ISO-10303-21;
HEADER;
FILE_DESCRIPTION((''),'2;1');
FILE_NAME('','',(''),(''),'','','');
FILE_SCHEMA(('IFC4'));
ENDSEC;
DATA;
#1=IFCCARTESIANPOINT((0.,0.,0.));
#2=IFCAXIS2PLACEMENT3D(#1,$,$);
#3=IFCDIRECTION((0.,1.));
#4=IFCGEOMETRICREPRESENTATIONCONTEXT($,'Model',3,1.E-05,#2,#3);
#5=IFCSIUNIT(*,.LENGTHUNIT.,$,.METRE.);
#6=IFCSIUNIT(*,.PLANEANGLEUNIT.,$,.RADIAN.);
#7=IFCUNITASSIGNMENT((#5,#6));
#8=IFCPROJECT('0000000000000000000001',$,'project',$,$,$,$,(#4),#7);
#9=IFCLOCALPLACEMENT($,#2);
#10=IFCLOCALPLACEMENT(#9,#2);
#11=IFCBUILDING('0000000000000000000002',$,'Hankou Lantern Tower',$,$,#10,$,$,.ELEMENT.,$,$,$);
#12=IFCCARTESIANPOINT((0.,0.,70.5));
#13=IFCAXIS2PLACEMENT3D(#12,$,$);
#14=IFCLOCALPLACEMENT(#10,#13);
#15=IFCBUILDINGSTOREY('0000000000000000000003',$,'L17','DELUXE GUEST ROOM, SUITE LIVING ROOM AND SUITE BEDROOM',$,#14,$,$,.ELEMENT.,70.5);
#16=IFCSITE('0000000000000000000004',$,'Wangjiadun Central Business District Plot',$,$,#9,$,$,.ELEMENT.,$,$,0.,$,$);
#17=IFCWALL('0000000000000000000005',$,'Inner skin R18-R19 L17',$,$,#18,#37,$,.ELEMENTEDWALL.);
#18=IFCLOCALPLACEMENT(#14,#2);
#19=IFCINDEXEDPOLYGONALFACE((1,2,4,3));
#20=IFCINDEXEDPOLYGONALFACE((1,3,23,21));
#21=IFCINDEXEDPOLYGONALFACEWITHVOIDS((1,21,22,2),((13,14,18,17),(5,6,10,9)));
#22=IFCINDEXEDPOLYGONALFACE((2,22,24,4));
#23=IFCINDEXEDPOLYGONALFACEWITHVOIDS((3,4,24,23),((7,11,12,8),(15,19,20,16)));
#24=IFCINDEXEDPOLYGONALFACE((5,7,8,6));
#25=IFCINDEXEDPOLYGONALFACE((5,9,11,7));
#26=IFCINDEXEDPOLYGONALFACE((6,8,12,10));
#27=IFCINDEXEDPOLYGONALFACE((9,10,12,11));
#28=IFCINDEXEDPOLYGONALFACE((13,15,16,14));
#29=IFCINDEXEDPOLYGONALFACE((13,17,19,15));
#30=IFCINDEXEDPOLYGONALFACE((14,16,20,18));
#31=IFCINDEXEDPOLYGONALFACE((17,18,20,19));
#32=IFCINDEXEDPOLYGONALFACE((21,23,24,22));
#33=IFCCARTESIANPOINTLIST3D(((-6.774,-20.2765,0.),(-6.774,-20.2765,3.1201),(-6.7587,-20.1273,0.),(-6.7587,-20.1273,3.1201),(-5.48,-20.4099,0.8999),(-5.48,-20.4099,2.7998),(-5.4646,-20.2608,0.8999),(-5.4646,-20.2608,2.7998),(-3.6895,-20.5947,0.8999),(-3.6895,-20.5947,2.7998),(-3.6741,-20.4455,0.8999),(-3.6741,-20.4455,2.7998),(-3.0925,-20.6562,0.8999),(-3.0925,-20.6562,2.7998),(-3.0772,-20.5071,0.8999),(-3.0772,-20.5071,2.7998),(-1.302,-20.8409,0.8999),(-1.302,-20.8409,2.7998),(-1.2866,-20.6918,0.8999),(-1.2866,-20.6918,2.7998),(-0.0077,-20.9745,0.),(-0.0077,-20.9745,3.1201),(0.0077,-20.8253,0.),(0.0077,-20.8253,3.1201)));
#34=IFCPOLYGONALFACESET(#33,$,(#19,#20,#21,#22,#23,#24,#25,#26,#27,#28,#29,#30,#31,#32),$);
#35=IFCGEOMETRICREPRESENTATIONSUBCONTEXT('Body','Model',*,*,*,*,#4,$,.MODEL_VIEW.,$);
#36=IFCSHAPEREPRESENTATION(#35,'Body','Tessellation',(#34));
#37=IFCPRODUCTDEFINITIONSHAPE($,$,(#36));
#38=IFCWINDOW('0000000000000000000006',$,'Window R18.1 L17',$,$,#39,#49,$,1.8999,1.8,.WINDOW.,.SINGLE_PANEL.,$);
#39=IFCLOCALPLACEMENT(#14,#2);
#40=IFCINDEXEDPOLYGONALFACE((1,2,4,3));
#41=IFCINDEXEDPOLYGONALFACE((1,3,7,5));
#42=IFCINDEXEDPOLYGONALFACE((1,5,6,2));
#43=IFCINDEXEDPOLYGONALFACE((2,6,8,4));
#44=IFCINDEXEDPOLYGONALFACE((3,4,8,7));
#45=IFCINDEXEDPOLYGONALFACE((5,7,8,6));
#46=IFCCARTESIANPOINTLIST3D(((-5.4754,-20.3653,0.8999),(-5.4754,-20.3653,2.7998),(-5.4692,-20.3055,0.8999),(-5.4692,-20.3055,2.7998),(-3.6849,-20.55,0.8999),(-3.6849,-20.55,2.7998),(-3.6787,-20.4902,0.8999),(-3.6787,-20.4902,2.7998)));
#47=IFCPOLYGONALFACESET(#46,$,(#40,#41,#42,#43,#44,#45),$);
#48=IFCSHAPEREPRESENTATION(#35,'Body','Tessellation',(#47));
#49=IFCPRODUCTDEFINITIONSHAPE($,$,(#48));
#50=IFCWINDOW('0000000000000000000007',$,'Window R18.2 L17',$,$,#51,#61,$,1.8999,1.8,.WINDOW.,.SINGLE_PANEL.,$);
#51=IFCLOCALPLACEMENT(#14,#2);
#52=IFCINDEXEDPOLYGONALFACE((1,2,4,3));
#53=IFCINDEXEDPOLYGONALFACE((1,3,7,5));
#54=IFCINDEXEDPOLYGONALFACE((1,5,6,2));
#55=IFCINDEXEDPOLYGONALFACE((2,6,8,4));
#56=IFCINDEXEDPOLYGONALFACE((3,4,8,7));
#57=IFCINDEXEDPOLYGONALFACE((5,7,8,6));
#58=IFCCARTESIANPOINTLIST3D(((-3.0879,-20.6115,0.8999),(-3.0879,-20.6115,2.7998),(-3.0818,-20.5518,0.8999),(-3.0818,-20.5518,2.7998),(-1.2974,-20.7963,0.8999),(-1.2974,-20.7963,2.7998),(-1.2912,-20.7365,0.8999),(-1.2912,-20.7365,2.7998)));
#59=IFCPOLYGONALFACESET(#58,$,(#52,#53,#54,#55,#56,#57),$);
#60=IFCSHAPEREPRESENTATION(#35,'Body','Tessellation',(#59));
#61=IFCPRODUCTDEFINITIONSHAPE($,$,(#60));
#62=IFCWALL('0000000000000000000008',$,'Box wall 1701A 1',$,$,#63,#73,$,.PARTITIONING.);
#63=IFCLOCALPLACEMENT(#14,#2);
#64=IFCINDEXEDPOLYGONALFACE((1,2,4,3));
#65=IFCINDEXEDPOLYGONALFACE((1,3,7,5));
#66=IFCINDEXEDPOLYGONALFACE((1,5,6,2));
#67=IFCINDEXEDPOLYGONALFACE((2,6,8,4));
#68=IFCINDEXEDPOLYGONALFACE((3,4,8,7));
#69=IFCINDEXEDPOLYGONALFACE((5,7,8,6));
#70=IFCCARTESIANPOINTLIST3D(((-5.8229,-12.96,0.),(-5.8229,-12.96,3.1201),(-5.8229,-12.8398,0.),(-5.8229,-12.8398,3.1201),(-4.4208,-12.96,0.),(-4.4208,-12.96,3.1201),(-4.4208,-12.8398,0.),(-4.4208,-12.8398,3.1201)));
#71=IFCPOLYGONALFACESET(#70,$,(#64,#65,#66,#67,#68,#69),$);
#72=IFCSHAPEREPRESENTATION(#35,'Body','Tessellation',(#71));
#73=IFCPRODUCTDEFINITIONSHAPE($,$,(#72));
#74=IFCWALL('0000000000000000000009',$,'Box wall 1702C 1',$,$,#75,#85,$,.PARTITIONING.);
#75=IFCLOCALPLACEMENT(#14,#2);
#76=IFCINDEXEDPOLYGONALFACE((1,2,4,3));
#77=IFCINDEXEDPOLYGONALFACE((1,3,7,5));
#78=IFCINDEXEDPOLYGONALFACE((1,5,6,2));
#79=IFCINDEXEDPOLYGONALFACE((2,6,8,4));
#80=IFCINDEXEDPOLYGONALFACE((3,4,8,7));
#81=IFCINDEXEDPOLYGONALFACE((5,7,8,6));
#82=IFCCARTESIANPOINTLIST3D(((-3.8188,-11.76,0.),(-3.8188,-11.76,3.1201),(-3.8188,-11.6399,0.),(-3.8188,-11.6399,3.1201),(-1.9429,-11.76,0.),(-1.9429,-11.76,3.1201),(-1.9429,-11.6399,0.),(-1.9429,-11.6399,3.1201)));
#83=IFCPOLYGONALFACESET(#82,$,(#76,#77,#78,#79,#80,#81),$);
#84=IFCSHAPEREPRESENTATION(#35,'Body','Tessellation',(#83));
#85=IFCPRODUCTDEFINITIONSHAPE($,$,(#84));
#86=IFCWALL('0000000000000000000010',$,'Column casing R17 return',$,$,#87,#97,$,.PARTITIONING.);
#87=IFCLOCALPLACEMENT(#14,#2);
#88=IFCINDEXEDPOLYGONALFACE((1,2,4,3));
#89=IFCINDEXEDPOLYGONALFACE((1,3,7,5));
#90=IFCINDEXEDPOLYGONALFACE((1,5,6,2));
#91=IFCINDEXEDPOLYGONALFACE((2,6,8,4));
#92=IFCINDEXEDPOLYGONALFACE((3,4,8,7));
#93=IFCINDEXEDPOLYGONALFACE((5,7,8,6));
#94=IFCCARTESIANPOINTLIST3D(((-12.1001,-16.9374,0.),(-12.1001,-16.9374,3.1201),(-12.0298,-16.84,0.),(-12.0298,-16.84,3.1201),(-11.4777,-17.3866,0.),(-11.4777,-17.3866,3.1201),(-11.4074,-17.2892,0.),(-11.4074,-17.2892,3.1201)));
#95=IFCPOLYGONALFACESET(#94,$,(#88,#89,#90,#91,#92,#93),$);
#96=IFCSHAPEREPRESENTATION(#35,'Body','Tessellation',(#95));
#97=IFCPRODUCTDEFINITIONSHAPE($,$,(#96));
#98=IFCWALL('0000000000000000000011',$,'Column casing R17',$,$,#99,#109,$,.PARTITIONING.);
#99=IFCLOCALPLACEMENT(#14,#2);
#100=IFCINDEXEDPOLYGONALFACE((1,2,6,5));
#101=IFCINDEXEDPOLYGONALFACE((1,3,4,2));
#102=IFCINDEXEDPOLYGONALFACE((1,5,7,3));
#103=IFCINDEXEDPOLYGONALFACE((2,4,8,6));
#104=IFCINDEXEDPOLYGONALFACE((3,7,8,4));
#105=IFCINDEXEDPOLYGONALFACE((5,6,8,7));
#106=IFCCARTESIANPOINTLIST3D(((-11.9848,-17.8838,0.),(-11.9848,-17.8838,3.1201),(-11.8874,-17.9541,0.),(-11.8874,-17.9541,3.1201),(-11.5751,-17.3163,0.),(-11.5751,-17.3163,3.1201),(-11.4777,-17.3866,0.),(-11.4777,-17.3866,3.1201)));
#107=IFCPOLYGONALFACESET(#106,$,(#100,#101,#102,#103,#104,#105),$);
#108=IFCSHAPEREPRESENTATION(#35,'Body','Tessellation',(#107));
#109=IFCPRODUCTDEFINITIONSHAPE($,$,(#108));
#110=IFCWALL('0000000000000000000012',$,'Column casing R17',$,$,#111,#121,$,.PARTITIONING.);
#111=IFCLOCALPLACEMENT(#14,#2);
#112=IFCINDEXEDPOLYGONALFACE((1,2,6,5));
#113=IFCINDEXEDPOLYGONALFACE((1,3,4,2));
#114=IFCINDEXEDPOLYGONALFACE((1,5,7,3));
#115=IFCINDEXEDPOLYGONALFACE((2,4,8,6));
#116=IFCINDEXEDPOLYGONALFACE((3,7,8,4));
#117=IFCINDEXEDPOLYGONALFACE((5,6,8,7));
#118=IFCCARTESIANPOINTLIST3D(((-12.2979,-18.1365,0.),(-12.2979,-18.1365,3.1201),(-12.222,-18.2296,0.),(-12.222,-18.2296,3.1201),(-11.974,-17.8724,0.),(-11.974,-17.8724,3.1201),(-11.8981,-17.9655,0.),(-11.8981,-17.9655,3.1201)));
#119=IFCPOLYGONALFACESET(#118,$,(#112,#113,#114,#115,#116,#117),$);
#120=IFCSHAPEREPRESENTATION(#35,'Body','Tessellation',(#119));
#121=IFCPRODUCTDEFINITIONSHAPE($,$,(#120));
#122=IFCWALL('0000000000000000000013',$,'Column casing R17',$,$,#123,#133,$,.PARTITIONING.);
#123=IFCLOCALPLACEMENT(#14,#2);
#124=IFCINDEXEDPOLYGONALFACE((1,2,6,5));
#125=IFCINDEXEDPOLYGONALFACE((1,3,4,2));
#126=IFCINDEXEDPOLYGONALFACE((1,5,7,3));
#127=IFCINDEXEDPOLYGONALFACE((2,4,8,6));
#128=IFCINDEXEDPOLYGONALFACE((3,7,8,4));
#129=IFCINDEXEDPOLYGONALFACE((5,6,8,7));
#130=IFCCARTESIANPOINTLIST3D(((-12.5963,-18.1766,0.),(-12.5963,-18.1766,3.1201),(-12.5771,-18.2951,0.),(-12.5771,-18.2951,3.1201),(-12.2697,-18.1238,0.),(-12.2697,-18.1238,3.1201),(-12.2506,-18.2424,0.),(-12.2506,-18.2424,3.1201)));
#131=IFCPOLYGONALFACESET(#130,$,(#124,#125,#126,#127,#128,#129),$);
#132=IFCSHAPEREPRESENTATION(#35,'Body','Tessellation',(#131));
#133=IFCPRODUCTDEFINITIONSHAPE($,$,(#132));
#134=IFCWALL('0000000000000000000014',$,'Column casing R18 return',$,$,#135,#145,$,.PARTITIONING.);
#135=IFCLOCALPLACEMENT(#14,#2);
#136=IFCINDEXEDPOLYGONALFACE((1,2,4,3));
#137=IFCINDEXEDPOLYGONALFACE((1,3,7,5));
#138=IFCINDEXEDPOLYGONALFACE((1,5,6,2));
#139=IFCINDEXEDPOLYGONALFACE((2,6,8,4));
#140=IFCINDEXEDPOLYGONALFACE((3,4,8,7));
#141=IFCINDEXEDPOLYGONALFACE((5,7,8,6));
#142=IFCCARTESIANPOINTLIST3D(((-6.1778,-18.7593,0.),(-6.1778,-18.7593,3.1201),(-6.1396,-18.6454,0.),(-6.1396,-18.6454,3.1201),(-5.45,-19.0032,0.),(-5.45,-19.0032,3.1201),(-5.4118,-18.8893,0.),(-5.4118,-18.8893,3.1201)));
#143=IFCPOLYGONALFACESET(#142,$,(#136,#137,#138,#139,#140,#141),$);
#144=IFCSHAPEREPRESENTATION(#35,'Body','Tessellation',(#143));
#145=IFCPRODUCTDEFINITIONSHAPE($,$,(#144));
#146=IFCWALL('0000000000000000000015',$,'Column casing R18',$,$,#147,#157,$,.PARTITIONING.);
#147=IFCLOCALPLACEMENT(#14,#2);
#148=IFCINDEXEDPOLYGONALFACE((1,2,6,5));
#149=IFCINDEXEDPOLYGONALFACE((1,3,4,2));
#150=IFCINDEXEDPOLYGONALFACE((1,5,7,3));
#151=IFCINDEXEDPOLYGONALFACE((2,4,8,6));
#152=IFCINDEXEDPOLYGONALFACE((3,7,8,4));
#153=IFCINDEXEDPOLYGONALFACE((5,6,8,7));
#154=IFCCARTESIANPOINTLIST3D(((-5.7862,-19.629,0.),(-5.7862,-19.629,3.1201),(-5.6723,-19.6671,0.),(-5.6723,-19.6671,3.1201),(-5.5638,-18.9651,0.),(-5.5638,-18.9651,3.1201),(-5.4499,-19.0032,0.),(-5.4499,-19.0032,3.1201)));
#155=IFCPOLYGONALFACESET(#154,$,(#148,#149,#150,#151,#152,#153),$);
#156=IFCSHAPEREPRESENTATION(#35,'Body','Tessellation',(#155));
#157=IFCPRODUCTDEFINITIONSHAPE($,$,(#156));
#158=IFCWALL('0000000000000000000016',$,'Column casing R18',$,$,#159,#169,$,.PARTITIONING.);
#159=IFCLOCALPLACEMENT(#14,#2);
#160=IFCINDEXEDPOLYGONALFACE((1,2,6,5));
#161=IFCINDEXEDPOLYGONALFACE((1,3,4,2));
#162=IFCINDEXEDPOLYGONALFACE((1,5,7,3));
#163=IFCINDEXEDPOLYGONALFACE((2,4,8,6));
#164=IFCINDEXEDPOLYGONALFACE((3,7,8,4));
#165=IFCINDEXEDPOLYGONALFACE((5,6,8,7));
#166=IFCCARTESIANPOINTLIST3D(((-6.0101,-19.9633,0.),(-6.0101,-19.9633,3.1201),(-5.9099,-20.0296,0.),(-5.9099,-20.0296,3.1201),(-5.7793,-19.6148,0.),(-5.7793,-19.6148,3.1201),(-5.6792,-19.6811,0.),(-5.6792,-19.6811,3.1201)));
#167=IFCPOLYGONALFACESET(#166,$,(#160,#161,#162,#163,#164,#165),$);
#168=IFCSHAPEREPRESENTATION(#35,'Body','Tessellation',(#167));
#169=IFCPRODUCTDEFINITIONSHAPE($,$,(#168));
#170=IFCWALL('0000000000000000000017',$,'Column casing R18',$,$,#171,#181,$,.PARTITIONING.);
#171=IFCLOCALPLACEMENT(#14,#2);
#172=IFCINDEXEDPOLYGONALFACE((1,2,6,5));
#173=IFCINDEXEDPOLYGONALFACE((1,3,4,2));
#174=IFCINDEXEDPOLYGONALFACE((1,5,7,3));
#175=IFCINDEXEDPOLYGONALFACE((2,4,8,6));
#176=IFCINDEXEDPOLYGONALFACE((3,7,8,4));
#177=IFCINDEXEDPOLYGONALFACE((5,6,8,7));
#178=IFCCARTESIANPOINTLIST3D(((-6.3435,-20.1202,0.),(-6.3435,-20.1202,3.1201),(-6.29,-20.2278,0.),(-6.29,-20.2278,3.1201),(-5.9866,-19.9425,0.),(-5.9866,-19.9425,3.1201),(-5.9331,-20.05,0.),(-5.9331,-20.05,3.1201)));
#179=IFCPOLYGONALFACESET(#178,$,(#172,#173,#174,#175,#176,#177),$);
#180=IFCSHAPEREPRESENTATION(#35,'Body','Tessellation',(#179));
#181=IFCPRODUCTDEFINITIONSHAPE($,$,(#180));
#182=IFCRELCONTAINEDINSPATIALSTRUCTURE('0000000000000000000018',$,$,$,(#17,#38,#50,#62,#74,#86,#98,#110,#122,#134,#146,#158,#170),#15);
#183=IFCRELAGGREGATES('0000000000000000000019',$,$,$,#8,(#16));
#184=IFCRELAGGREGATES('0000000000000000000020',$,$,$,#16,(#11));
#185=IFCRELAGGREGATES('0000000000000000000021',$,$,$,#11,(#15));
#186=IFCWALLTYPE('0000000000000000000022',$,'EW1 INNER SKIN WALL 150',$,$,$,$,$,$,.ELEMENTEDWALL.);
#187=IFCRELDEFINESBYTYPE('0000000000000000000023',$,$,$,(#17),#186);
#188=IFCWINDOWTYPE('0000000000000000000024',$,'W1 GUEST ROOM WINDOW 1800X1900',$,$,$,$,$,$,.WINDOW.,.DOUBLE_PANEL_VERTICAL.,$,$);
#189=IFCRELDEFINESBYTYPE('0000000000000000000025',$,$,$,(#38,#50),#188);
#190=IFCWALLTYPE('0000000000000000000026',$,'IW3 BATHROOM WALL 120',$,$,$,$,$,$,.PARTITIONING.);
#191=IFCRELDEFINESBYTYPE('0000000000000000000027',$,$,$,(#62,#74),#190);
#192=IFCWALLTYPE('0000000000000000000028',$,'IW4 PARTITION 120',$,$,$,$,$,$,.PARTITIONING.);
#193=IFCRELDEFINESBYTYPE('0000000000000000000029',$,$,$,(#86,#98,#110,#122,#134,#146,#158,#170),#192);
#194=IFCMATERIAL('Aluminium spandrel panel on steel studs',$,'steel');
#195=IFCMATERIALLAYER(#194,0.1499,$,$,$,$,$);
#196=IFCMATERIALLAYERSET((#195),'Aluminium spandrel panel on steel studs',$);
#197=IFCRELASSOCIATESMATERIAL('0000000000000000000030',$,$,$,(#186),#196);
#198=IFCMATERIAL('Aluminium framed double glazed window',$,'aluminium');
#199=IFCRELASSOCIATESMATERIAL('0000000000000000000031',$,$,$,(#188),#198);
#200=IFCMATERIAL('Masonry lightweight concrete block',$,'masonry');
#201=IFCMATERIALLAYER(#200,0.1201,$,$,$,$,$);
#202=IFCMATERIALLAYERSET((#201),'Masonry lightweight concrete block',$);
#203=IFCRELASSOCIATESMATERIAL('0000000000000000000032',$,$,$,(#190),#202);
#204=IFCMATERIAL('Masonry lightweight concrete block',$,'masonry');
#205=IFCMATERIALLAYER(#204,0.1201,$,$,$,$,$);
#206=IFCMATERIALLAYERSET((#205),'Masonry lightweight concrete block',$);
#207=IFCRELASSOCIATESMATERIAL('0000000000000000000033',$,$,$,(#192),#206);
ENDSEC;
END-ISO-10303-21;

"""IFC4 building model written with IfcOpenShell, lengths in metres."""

from ifc_helpers import new_model, si_unit, direction, frame, frame_2d, origin, place, context, subcontext, project, spatial, rectangle, extrude, material, layer, layer_set, type_object, element, fill, save


model = new_model("IFC4")

# Units and contexts
model_context = context("Model", 3, precision=1e-05, world=origin(), true_north=direction((0.0, 1.0)))
body_context = subcontext(model_context, "Body", "Model", "MODEL_VIEW")
ifc_project = project(units=[si_unit("LENGTHUNIT", "METRE"), si_unit("PLANEANGLEUNIT", "RADIAN")], contexts=[model_context])

# Site, building, storey
site_placement = place(None, origin())
site = spatial("IfcSite", under=ifc_project, at=site_placement, Name="Wangjiadun Central Business District Plot", CompositionType="ELEMENT", RefElevation=0.0)
building_placement = place(site_placement, origin())
building = spatial("IfcBuilding", under=site, at=building_placement, Name="Hankou Lantern Tower", CompositionType="ELEMENT")
storey_placement = place(building_placement, frame((0.0, 0.0, 70.5)))
storey = spatial("IfcBuildingStorey", under=building, at=storey_placement, Name="L17", Description="DELUXE GUEST ROOM, SUITE LIVING ROOM AND SUITE BEDROOM", CompositionType="ELEMENT", Elevation=70.5)

# Wall, openings, windows
ifc_material_1 = material(Name="Aluminium spandrel panel on steel studs", Category="steel")
ifc_layer_1 = layer(ifc_material_1, 0.1499)
ifc_layer_set_1 = layer_set([ifc_layer_1], Name="Aluminium spandrel panel on steel studs")
wall_type_1 = type_object("IfcWallType", Name="EW1 INNER SKIN WALL 150", PredefinedType="ELEMENTEDWALL", material=ifc_layer_set_1)
ifc_material_2 = material(Name="Aluminium framed double glazed window", Category="aluminium")
window_type = type_object("IfcWindowType", Name="W1 GUEST ROOM WINDOW 1800X1900", PartitioningType="DOUBLE_PANEL_VERTICAL", PredefinedType="WINDOW", material=ifc_material_2)
wall_1_placement = place(storey_placement, frame((-6.7664, -20.2019, 0.0), z_axis=(0.0, 0.0, 1.0), x_axis=(0.994721, -0.102613, 0.0)))
wall_1 = element("IfcWall", 1, at=wall_1_placement, inside=storey, type_object=wall_type_1, Name="Inner skin R18-R19 L17", PredefinedType="ELEMENTEDWALL", context=body_context, shape_type="SweptSolid", body=[
    extrude(rectangle(XDim=6.8022, YDim=0.1499, at=frame_2d((3.4011, 0.0))), origin(), (0.0, 0.0, 1.0), 3.1201),
])
opening_1_placement = place(wall_1_placement, frame((1.301, 0.0, 0.8999)))
opening_1 = element("IfcOpeningElement", 2, at=opening_1_placement, cuts=wall_1, PredefinedType="OPENING", context=body_context, shape_type="SweptSolid", body=[
    extrude(rectangle(XDim=1.8, YDim=1.8999, at=frame_2d((0.8999, 0.95))), frame((0.0, 0.085, 0.0), z_axis=(0.0, -1.0, 0.0), x_axis=(1.0, 0.0, 0.0)), (0.0, 0.0, 1.0), 0.1699),
])
opening_2_placement = place(wall_1_placement, frame((3.7012, 0.0, 0.8999)))
opening_2 = element("IfcOpeningElement", 3, at=opening_2_placement, cuts=wall_1, PredefinedType="OPENING", context=body_context, shape_type="SweptSolid", body=[
    extrude(rectangle(XDim=1.8, YDim=1.8999, at=frame_2d((0.8999, 0.95))), frame((0.0, 0.085, 0.0), z_axis=(0.0, -1.0, 0.0), x_axis=(1.0, 0.0, 0.0)), (0.0, 0.0, 1.0), 0.1699),
])
window_1_placement = place(opening_1_placement, origin())
window_1 = element("IfcWindow", 4, at=window_1_placement, inside=storey, type_object=window_type, Name="Window R18.1 L17", OverallHeight=1.8999, OverallWidth=1.8, PartitioningType="SINGLE_PANEL", PredefinedType="WINDOW", context=body_context, shape_type="SweptSolid", body=[
    extrude(rectangle(XDim=1.8, YDim=1.8999, at=frame_2d((0.8999, 0.95))), frame((0.0, 0.03, 0.0), z_axis=(0.0, -1.0, 0.0), x_axis=(1.0, 0.0, 0.0)), (0.0, 0.0, 1.0), 0.0601),
])
fill(opening_1, window_1)
window_2_placement = place(opening_2_placement, origin())
window_2 = element("IfcWindow", 5, at=window_2_placement, inside=storey, type_object=window_type, Name="Window R18.2 L17", OverallHeight=1.8999, OverallWidth=1.8, PartitioningType="SINGLE_PANEL", PredefinedType="WINDOW", context=body_context, shape_type="SweptSolid", body=[
    extrude(rectangle(XDim=1.8, YDim=1.8999, at=frame_2d((0.8999, 0.95))), frame((0.0, 0.03, 0.0), z_axis=(0.0, -1.0, 0.0), x_axis=(1.0, 0.0, 0.0)), (0.0, 0.0, 1.0), 0.0601),
])
fill(opening_2, window_2)

# Walls
ifc_material_3 = material(Name="Masonry lightweight concrete block", Category="masonry")
ifc_layer_2 = layer(ifc_material_3, 0.1201)
ifc_layer_set_2 = layer_set([ifc_layer_2], Name="Masonry lightweight concrete block")
wall_type_2 = type_object("IfcWallType", Name="IW3 BATHROOM WALL 120", PredefinedType="PARTITIONING", material=ifc_layer_set_2)
wall_2_placement = place(storey_placement, frame((-4.4207, -12.8999, 0.0), z_axis=(0.0, 0.0, 1.0), x_axis=(-1.0, 0.0, 0.0)))
element("IfcWall", 6, at=wall_2_placement, inside=storey, type_object=wall_type_2, Name="Box wall 1701A 1", PredefinedType="PARTITIONING", context=body_context, shape_type="SweptSolid", body=[
    extrude(rectangle(XDim=1.4021, YDim=0.1201, at=frame_2d((0.7012, 0.0))), origin(), (0.0, 0.0, 1.0), 3.1201),
])
wall_3_placement = place(storey_placement, frame((-3.8188, -11.7, 0.0), z_axis=(0.0, 0.0, 1.0), x_axis=(1.0, 0.0, 0.0)))
element("IfcWall", 7, at=wall_3_placement, inside=storey, type_object=wall_type_2, Name="Box wall 1702C 1", PredefinedType="PARTITIONING", context=body_context, shape_type="SweptSolid", body=[
    extrude(rectangle(XDim=1.876, YDim=0.1201, at=frame_2d((0.938, 0.0))), origin(), (0.0, 0.0, 1.0), 3.1201),
])
ifc_material_4 = material(Name="Masonry lightweight concrete block", Category="masonry")
ifc_layer_3 = layer(ifc_material_4, 0.1201)
ifc_layer_set_3 = layer_set([ifc_layer_3], Name="Masonry lightweight concrete block")
wall_type_3 = type_object("IfcWallType", Name="IW4 PARTITION 120", PredefinedType="PARTITIONING", material=ifc_layer_set_3)
wall_4_placement = place(storey_placement, frame((-12.0649, -16.8887, 0.0), z_axis=(0.0, 0.0, 1.0), x_axis=(0.810822, -0.585293, 0.0)))
element("IfcWall", 8, at=wall_4_placement, inside=storey, type_object=wall_type_3, Name="Column casing R17 return", PredefinedType="PARTITIONING", context=body_context, shape_type="SweptSolid", body=[
    extrude(rectangle(XDim=0.7676, YDim=0.1201, at=frame_2d((0.3838, 0.0))), origin(), (0.0, 0.0, 1.0), 3.1201),
])
wall_5_placement = place(storey_placement, frame((-11.5264, -17.3513, 0.0), z_axis=(0.0, 0.0, 1.0), x_axis=(-0.585223, -0.810872, 0.0)))
element("IfcWall", 9, at=wall_5_placement, inside=storey, type_object=wall_type_3, Name="Column casing R17", PredefinedType="PARTITIONING", context=body_context, shape_type="SweptSolid", body=[
    extrude(rectangle(XDim=0.7, YDim=0.1201, at=frame_2d((0.3501, 0.0))), origin(), (0.0, 0.0, 1.0), 3.1201),
])
wall_6_placement = place(storey_placement, frame((-11.936, -17.9189, 0.0), z_axis=(0.0, 0.0, 1.0), x_axis=(-0.775023, -0.631933, 0.0)))
element("IfcWall", 10, at=wall_6_placement, inside=storey, type_object=wall_type_3, Name="Column casing R17", PredefinedType="PARTITIONING", context=body_context, shape_type="SweptSolid", body=[
    extrude(rectangle(XDim=0.418, YDim=0.1201, at=frame_2d((0.209, 0.0))), origin(), (0.0, 0.0, 1.0), 3.1201),
])
wall_7_placement = place(storey_placement, frame((-12.26, -18.1831, 0.0), z_axis=(0.0, 0.0, 1.0), x_axis=(-0.987219, -0.159372, 0.0)))
element("IfcWall", 11, at=wall_7_placement, inside=storey, type_object=wall_type_3, Name="Column casing R17", PredefinedType="PARTITIONING", context=body_context, shape_type="SweptSolid", body=[
    extrude(rectangle(XDim=0.3308, YDim=0.1201, at=frame_2d((0.1655, 0.0))), origin(), (0.0, 0.0, 1.0), 3.1201),
])
wall_8_placement = place(storey_placement, frame((-6.1587, -18.7024, 0.0), z_axis=(0.0, 0.0, 1.0), x_axis=(0.948173, -0.317754, 0.0)))
element("IfcWall", 12, at=wall_8_placement, inside=storey, type_object=wall_type_3, Name="Column casing R18 return", PredefinedType="PARTITIONING", context=body_context, shape_type="SweptSolid", body=[
    extrude(rectangle(XDim=0.7676, YDim=0.1201, at=frame_2d((0.3838, 0.0))), origin(), (0.0, 0.0, 1.0), 3.1201),
])
wall_9_placement = place(storey_placement, frame((-5.5068, -18.9841, 0.0), z_axis=(0.0, 0.0, 1.0), x_axis=(-0.317692, -0.948194, 0.0)))
element("IfcWall", 13, at=wall_9_placement, inside=storey, type_object=wall_type_3, Name="Column casing R18", PredefinedType="PARTITIONING", context=body_context, shape_type="SweptSolid", body=[
    extrude(rectangle(XDim=0.7002, YDim=0.1201, at=frame_2d((0.3501, 0.0))), origin(), (0.0, 0.0, 1.0), 3.1201),
])
wall_10_placement = place(storey_placement, frame((-5.7292, -19.6479, 0.0), z_axis=(0.0, 0.0, 1.0), x_axis=(-0.552136, -0.833754, 0.0)))
element("IfcWall", 14, at=wall_10_placement, inside=storey, type_object=wall_type_3, Name="Column casing R18", PredefinedType="PARTITIONING", context=body_context, shape_type="SweptSolid", body=[
    extrude(rectangle(XDim=0.418, YDim=0.1201, at=frame_2d((0.209, 0.0))), origin(), (0.0, 0.0, 1.0), 3.1201),
])
wall_11_placement = place(storey_placement, frame((-5.96, -19.9963, 0.0), z_axis=(0.0, 0.0, 1.0), x_axis=(-0.895161, -0.445744, 0.0)))
element("IfcWall", 15, at=wall_11_placement, inside=storey, type_object=wall_type_3, Name="Column casing R18", PredefinedType="PARTITIONING", context=body_context, shape_type="SweptSolid", body=[
    extrude(rectangle(XDim=0.3987, YDim=0.1201, at=frame_2d((0.1992, 0.0))), origin(), (0.0, 0.0, 1.0), 3.1201),
])

save(model, "model.ifc")
